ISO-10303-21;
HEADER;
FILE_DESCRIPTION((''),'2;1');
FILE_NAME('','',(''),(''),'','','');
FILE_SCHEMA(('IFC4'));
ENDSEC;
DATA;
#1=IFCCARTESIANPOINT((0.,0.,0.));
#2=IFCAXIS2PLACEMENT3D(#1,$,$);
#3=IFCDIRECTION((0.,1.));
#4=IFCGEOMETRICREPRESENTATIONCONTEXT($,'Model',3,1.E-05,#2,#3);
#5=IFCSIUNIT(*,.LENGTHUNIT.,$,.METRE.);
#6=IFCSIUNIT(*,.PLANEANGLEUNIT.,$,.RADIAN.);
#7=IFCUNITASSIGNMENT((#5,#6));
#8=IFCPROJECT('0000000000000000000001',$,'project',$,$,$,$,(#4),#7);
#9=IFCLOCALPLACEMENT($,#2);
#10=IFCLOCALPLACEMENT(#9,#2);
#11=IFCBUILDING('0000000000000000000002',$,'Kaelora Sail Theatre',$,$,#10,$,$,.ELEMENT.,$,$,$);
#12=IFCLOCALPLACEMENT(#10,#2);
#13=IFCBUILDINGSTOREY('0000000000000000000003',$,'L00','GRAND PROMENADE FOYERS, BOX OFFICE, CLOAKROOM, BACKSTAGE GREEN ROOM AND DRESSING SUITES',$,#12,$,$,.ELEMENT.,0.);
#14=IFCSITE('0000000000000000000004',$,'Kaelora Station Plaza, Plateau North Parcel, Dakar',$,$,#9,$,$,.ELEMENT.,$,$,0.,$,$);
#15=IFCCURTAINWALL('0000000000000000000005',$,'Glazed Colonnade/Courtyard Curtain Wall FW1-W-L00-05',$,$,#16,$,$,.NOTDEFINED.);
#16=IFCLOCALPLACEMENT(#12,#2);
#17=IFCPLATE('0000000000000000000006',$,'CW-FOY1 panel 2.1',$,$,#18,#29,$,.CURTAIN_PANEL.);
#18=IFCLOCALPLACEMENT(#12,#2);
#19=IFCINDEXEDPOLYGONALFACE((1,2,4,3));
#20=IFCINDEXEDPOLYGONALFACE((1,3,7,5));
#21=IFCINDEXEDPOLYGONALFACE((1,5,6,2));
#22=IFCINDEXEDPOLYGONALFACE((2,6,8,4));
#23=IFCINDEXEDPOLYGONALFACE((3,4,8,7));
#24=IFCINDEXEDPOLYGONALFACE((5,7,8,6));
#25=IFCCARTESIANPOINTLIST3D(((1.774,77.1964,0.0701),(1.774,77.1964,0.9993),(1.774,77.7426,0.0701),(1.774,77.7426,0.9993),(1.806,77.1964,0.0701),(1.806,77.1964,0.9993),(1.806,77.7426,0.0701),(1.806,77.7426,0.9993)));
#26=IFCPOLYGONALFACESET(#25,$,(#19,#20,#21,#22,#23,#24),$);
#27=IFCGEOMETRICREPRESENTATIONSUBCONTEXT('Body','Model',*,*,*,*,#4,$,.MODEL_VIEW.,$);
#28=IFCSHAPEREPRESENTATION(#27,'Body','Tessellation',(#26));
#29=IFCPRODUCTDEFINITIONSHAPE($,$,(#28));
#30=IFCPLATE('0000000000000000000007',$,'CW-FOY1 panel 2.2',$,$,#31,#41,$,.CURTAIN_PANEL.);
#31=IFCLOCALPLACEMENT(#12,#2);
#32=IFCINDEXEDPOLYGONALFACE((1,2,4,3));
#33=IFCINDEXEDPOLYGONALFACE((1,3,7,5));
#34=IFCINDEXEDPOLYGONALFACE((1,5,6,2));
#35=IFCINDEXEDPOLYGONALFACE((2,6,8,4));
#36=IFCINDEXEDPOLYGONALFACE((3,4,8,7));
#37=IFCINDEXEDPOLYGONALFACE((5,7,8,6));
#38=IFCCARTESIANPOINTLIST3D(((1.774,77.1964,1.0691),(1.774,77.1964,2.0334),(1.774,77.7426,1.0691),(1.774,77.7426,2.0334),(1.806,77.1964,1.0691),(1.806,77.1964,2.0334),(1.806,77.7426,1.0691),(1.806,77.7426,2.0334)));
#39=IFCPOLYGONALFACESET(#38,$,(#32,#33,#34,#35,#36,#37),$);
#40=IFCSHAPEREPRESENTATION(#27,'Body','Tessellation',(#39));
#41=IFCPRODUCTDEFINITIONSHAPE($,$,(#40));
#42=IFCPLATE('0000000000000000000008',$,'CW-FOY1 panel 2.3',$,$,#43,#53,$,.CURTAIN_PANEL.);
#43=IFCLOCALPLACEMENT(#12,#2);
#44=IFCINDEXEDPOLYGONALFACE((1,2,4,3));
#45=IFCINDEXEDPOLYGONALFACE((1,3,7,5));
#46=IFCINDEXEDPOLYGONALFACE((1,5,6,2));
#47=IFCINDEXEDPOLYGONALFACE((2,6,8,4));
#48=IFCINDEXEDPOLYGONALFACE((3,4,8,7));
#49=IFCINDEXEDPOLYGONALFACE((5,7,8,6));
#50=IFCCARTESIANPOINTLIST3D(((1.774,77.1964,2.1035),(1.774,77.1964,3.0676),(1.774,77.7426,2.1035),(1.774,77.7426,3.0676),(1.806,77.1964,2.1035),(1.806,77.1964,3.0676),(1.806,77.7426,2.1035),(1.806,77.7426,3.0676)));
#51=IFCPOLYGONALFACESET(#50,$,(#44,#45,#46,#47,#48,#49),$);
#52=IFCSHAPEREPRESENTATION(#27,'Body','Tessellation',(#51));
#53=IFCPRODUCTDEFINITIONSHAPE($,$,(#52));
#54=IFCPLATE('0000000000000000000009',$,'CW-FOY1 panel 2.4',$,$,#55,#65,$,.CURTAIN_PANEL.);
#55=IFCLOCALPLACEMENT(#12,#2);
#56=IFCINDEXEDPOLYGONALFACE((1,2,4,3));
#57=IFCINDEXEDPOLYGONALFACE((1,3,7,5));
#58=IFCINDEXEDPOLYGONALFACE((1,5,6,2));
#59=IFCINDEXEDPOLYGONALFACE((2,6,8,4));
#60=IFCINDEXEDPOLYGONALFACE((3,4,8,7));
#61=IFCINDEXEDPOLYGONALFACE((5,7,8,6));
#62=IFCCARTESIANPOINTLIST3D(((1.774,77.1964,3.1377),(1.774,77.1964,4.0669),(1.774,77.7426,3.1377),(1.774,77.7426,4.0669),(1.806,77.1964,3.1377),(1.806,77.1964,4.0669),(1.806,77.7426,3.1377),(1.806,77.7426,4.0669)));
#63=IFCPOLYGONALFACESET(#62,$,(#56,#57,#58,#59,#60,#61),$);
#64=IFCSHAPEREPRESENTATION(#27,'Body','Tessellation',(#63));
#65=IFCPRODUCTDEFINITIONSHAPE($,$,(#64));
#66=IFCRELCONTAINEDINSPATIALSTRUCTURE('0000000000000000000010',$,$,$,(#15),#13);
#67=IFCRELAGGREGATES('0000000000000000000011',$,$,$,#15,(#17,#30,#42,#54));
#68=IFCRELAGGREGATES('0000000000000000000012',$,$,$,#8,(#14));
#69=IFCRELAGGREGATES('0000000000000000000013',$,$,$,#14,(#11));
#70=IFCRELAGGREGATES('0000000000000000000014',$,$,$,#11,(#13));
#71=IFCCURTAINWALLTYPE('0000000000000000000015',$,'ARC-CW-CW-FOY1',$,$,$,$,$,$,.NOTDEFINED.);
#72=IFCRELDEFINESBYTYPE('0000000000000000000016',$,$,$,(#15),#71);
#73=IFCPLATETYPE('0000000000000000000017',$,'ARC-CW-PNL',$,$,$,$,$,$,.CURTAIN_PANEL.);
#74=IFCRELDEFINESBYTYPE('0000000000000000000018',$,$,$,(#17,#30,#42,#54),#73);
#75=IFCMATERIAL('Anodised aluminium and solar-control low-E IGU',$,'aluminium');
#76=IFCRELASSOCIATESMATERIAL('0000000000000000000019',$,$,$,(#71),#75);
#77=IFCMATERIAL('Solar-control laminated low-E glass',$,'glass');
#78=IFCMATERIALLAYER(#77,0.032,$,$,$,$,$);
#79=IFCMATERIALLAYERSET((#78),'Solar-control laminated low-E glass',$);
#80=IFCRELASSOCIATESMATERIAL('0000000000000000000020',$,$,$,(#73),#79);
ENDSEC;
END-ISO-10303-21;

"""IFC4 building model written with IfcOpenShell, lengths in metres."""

from ifc_helpers import new_model, si_unit, direction, frame, origin, origin_2d, place, context, subcontext, project, spatial, rectangle, extrude, material, layer, layer_set, type_object, element, aggregate, save


model = new_model("IFC4")

# Units and contexts
model_context = context("Model", 3, precision=1e-05, world=origin(), true_north=direction((0.0, 1.0)))
body_context = subcontext(model_context, "Body", "Model", "MODEL_VIEW")
ifc_project = project(units=[si_unit("LENGTHUNIT", "METRE"), si_unit("PLANEANGLEUNIT", "RADIAN")], contexts=[model_context])

# Site, building, storey
site_placement = place(None, origin())
site = spatial("IfcSite", under=ifc_project, at=site_placement, Name="Kaelora Station Plaza, Plateau North Parcel, Dakar", CompositionType="ELEMENT", RefElevation=0.0)
building_placement = place(site_placement, origin())
building = spatial("IfcBuilding", under=site, at=building_placement, Name="Kaelora Sail Theatre", CompositionType="ELEMENT")
storey_placement = place(building_placement, origin())
storey = spatial("IfcBuildingStorey", under=building, at=storey_placement, Name="L00", Description="GRAND PROMENADE FOYERS, BOX OFFICE, CLOAKROOM, BACKSTAGE GREEN ROOM AND DRESSING SUITES", CompositionType="ELEMENT", Elevation=0.0)

# Curtain wall, plates
ifc_material_1 = material(Name="Anodised aluminium and solar-control low-E IGU", Category="aluminium")
curtain_wall_type = type_object("IfcCurtainWallType", Name="ARC-CW-CW-FOY1", PredefinedType="NOTDEFINED", material=ifc_material_1)
curtain_wall_placement = place(storey_placement, origin())
curtain_wall = element("IfcCurtainWall", 1, at=curtain_wall_placement, inside=storey, type_object=curtain_wall_type, Name="Glazed Colonnade/Courtyard Curtain Wall FW1-W-L00-05", PredefinedType="NOTDEFINED")
ifc_material_2 = material(Name="Solar-control laminated low-E glass", Category="glass")
ifc_layer = layer(ifc_material_2, 0.032)
ifc_layer_set = layer_set([ifc_layer], Name="Solar-control laminated low-E glass")
plate_type = type_object("IfcPlateType", Name="ARC-CW-PNL", PredefinedType="CURTAIN_PANEL", material=ifc_layer_set)
plate_1_placement = place(storey_placement, frame((1.79, 77.4695, 0.0701), z_axis=(0.0, 0.0, 1.0), x_axis=(0.0, 1.0, 0.0)))
plate_1 = element("IfcPlate", 2, at=plate_1_placement, type_object=plate_type, Name="CW-FOY1 panel 2.1", PredefinedType="CURTAIN_PANEL", context=body_context, shape_type="SweptSolid", body=[
    extrude(rectangle(XDim=0.5461, YDim=0.032, at=origin_2d()), origin(), (0.0, 0.0, 1.0), 0.9292),
])
plate_2_placement = place(storey_placement, frame((1.79, 77.4695, 1.0691), z_axis=(0.0, 0.0, 1.0), x_axis=(0.0, 1.0, 0.0)))
plate_2 = element("IfcPlate", 3, at=plate_2_placement, type_object=plate_type, Name="CW-FOY1 panel 2.2", PredefinedType="CURTAIN_PANEL", context=body_context, shape_type="SweptSolid", body=[
    extrude(rectangle(XDim=0.5461, YDim=0.032, at=origin_2d()), origin(), (0.0, 0.0, 1.0), 0.9644),
])
plate_3_placement = place(storey_placement, frame((1.79, 77.4695, 2.1035), z_axis=(0.0, 0.0, 1.0), x_axis=(0.0, 1.0, 0.0)))
plate_3 = element("IfcPlate", 4, at=plate_3_placement, type_object=plate_type, Name="CW-FOY1 panel 2.3", PredefinedType="CURTAIN_PANEL", context=body_context, shape_type="SweptSolid", body=[
    extrude(rectangle(XDim=0.5461, YDim=0.032, at=origin_2d()), origin(), (0.0, 0.0, 1.0), 0.9641),
])
plate_4_placement = place(storey_placement, frame((1.79, 77.4695, 3.1377), z_axis=(0.0, 0.0, 1.0), x_axis=(0.0, 1.0, 0.0)))
plate_4 = element("IfcPlate", 5, at=plate_4_placement, type_object=plate_type, Name="CW-FOY1 panel 2.4", PredefinedType="CURTAIN_PANEL", context=body_context, shape_type="SweptSolid", body=[
    extrude(rectangle(XDim=0.5461, YDim=0.032, at=origin_2d()), origin(), (0.0, 0.0, 1.0), 0.9292),
])
aggregate(curtain_wall, [plate_1, plate_2, plate_3, plate_4])

save(model, "model.ifc")
